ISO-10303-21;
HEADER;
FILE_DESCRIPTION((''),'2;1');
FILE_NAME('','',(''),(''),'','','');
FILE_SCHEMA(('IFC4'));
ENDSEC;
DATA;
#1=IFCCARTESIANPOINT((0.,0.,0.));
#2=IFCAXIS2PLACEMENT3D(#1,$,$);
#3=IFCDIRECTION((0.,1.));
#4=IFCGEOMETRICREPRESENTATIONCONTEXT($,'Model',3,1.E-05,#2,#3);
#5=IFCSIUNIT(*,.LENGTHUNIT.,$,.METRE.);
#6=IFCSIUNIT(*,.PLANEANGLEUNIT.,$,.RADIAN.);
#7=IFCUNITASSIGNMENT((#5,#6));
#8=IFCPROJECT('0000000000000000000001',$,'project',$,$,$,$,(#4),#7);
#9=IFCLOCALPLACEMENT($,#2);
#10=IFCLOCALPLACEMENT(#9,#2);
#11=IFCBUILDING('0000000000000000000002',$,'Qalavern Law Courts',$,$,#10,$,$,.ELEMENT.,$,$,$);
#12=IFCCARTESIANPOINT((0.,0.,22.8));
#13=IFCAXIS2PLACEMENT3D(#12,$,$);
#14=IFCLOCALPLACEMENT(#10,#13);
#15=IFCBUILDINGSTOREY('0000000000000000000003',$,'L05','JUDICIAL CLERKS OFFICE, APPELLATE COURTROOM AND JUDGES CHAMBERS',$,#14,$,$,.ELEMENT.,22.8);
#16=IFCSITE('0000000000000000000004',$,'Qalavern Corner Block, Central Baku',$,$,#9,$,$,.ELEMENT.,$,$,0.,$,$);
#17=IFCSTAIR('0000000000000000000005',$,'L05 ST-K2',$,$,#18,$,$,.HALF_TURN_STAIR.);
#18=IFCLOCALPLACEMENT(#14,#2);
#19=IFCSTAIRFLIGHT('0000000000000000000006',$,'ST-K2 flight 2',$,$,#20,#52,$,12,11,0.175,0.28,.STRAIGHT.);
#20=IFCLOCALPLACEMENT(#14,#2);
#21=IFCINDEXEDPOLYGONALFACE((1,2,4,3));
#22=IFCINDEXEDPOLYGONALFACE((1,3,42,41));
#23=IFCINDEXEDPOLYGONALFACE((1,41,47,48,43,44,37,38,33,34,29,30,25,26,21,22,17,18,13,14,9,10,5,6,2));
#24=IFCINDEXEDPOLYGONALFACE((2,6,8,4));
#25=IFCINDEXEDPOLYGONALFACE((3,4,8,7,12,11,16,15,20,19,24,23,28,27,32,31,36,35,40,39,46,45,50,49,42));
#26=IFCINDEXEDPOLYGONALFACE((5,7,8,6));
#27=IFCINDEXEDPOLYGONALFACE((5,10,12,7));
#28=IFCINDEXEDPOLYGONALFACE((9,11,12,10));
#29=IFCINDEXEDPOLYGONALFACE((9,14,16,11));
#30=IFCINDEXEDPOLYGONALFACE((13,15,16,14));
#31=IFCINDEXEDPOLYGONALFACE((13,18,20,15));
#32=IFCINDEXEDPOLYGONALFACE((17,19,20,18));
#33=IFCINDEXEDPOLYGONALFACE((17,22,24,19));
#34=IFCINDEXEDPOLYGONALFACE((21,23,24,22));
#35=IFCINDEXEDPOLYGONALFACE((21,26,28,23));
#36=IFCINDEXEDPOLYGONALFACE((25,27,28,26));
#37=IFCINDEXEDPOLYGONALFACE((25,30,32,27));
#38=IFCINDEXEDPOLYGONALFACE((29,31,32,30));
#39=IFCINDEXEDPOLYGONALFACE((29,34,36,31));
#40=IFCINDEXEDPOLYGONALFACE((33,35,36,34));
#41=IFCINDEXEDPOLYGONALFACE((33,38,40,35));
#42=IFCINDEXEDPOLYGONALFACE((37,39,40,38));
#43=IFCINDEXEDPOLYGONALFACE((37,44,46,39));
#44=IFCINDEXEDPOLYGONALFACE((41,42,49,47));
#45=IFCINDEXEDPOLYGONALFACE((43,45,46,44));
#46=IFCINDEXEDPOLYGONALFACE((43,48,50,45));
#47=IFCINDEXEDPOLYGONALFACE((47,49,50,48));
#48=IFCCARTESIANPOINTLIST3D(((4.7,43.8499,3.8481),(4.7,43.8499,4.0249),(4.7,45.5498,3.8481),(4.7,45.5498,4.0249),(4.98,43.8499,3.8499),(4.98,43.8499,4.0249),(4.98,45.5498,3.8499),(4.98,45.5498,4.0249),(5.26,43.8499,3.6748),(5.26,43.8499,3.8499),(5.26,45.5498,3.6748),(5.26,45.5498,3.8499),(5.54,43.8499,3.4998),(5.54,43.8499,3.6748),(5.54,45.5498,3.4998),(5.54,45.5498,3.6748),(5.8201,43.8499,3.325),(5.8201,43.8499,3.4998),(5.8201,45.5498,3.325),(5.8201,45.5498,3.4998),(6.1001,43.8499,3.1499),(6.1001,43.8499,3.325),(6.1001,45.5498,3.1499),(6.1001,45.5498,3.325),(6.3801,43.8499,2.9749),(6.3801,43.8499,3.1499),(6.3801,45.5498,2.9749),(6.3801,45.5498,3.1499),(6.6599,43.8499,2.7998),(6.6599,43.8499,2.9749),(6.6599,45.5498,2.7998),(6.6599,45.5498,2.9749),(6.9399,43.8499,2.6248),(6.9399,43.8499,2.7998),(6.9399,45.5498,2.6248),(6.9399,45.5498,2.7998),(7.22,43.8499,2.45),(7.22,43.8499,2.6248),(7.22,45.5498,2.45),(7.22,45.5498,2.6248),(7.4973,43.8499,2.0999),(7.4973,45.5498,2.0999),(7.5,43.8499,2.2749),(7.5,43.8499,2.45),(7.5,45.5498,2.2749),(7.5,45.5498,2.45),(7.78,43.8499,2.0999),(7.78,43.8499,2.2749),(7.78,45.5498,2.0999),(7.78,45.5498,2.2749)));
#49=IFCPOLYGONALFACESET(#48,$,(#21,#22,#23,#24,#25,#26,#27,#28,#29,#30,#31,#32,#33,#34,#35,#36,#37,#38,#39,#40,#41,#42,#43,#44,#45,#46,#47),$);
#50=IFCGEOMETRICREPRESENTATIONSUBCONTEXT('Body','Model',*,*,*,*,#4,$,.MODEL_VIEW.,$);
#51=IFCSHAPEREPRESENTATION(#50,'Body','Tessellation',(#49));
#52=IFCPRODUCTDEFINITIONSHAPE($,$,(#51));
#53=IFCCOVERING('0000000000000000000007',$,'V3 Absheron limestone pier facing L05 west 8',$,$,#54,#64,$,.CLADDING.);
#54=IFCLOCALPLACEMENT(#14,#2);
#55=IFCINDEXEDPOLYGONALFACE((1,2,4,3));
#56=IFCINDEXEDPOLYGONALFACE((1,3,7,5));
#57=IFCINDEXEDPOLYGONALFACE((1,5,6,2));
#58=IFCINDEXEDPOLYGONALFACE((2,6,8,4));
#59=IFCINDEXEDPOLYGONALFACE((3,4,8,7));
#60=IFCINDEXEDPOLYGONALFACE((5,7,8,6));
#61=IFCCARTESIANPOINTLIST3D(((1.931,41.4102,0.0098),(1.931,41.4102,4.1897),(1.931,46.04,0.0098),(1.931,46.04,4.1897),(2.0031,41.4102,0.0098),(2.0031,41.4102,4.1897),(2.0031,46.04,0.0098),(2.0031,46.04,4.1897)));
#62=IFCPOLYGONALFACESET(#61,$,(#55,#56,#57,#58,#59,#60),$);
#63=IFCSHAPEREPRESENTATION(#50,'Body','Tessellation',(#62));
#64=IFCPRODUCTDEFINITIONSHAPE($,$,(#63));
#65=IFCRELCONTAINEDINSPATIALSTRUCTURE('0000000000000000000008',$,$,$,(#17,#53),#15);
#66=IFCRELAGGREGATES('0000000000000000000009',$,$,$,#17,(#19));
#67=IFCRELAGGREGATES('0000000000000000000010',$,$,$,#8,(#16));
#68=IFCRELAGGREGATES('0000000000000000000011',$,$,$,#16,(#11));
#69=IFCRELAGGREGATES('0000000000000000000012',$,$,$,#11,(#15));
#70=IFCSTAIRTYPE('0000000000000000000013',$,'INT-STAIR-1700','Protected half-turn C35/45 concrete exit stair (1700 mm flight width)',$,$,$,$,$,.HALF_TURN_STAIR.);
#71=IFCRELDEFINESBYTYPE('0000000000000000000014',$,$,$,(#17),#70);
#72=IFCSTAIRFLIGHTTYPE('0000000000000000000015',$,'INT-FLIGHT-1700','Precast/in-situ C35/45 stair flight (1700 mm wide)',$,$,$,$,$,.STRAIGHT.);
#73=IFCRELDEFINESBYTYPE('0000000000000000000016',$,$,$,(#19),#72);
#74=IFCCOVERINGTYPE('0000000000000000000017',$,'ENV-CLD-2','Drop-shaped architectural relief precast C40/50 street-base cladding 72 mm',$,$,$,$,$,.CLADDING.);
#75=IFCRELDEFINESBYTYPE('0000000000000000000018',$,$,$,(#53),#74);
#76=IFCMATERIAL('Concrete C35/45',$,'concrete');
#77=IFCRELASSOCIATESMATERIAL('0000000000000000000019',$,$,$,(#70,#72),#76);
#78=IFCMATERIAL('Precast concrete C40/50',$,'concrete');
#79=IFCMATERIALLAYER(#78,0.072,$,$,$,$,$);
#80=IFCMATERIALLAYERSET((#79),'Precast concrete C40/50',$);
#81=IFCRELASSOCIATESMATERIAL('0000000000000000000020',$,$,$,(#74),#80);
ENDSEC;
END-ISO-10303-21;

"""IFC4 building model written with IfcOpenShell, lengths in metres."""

from ifc_helpers import new_model, si_unit, direction, frame, origin, origin_2d, place, context, subcontext, project, spatial, polyline, rectangle, outline, extrude, material, layer, layer_set, type_object, element, aggregate, save


model = new_model("IFC4")

# Units and contexts
model_context = context("Model", 3, precision=1e-05, world=origin(), true_north=direction((0.0, 1.0)))
body_context = subcontext(model_context, "Body", "Model", "MODEL_VIEW")
ifc_project = project(units=[si_unit("LENGTHUNIT", "METRE"), si_unit("PLANEANGLEUNIT", "RADIAN")], contexts=[model_context])

# Site, building, storey
site_placement = place(None, origin())
site = spatial("IfcSite", under=ifc_project, at=site_placement, Name="Qalavern Corner Block, Central Baku", CompositionType="ELEMENT", RefElevation=0.0)
building_placement = place(site_placement, origin())
building = spatial("IfcBuilding", under=site, at=building_placement, Name="Qalavern Law Courts", CompositionType="ELEMENT")
storey_placement = place(building_placement, frame((0.0, 0.0, 22.8)))
storey = spatial("IfcBuildingStorey", under=building, at=storey_placement, Name="L05", Description="JUDICIAL CLERKS OFFICE, APPELLATE COURTROOM AND JUDGES CHAMBERS", CompositionType="ELEMENT", Elevation=22.8)

# Shared definitions
ifc_material_1 = material(Name="Concrete C35/45", Category="concrete")

# Stair, stair flight
stair_type = type_object("IfcStairType", Name="INT-STAIR-1700", Description="Protected half-turn C35/45 concrete exit stair (1700 mm flight width)", PredefinedType="HALF_TURN_STAIR", material=ifc_material_1)
stair_placement = place(storey_placement, origin())
stair = element("IfcStair", 1, at=stair_placement, inside=storey, type_object=stair_type, Name="L05 ST-K2", PredefinedType="HALF_TURN_STAIR")
stair_flight_type = type_object("IfcStairFlightType", Name="INT-FLIGHT-1700", Description="Precast/in-situ C35/45 stair flight (1700 mm wide)", PredefinedType="STRAIGHT", material=ifc_material_1)
stair_flight_1_placement = place(storey_placement, frame((7.78, 44.7, 2.0999), z_axis=(0.0, 0.0, 1.0), x_axis=(-1.0, 0.0, 0.0)))
stair_flight_1 = element("IfcStairFlight", 2, at=stair_flight_1_placement, type_object=stair_flight_type, Name="ST-K2 flight 2", NumberOfRisers=12, NumberOfTreads=11, PredefinedType="STRAIGHT", RiserHeight=0.175, TreadLength=0.28, context=body_context, shape_type="SweptSolid", body=[
    extrude(outline(polyline([(0.0, 0.0), (0.0, 0.175), (0.28, 0.175), (0.28, 0.3501), (0.5601, 0.3501), (0.5601, 0.5249), (0.8401, 0.5249), (0.8401, 0.7), (1.1201, 0.7), (1.1201, 0.875), (1.3999, 0.875), (1.3999, 1.05), (1.6799, 1.05), (1.6799, 1.2251), (1.96, 1.2251), (1.96, 1.3999), (2.24, 1.3999), (2.24, 1.575), (2.52, 1.575), (2.52, 1.75), (2.8, 1.75), (2.8, 1.925), (3.0801, 1.925), (3.0801, 2.1001), (3.0801, 1.7483), (0.2827, 0.0), (0.0, 0.0)])), frame((0.0, 0.8501, 0.0), z_axis=(0.0, -1.0, 0.0), x_axis=(1.0, 0.0, 0.0)), (0.0, 0.0, 1.0), 1.7),
])
aggregate(stair, [stair_flight_1])

# Covering
ifc_material_2 = material(Name="Precast concrete C40/50", Category="concrete")
ifc_layer_1 = layer(ifc_material_2, 0.072)
ifc_layer_set_1 = layer_set([ifc_layer_1], Name="Precast concrete C40/50")
covering_type = type_object("IfcCoveringType", Name="ENV-CLD-2", Description="Drop-shaped architectural relief precast C40/50 street-base cladding 72 mm", PredefinedType="CLADDING", material=ifc_layer_set_1)
covering_placement = place(storey_placement, frame((1.967, 43.7251, 0.0098), z_axis=(0.0, 0.0, 1.0), x_axis=(0.0, -1.0, 0.0)))
element("IfcCovering", 3, at=covering_placement, inside=storey, type_object=covering_type, Name="V3 Absheron limestone pier facing L05 west 8", PredefinedType="CLADDING", context=body_context, shape_type="SweptSolid", body=[
    extrude(rectangle(XDim=4.6299, YDim=0.072, at=origin_2d()), origin(), (0.0, 0.0, 1.0), 4.1799),
])

save(model, "model.ifc")
